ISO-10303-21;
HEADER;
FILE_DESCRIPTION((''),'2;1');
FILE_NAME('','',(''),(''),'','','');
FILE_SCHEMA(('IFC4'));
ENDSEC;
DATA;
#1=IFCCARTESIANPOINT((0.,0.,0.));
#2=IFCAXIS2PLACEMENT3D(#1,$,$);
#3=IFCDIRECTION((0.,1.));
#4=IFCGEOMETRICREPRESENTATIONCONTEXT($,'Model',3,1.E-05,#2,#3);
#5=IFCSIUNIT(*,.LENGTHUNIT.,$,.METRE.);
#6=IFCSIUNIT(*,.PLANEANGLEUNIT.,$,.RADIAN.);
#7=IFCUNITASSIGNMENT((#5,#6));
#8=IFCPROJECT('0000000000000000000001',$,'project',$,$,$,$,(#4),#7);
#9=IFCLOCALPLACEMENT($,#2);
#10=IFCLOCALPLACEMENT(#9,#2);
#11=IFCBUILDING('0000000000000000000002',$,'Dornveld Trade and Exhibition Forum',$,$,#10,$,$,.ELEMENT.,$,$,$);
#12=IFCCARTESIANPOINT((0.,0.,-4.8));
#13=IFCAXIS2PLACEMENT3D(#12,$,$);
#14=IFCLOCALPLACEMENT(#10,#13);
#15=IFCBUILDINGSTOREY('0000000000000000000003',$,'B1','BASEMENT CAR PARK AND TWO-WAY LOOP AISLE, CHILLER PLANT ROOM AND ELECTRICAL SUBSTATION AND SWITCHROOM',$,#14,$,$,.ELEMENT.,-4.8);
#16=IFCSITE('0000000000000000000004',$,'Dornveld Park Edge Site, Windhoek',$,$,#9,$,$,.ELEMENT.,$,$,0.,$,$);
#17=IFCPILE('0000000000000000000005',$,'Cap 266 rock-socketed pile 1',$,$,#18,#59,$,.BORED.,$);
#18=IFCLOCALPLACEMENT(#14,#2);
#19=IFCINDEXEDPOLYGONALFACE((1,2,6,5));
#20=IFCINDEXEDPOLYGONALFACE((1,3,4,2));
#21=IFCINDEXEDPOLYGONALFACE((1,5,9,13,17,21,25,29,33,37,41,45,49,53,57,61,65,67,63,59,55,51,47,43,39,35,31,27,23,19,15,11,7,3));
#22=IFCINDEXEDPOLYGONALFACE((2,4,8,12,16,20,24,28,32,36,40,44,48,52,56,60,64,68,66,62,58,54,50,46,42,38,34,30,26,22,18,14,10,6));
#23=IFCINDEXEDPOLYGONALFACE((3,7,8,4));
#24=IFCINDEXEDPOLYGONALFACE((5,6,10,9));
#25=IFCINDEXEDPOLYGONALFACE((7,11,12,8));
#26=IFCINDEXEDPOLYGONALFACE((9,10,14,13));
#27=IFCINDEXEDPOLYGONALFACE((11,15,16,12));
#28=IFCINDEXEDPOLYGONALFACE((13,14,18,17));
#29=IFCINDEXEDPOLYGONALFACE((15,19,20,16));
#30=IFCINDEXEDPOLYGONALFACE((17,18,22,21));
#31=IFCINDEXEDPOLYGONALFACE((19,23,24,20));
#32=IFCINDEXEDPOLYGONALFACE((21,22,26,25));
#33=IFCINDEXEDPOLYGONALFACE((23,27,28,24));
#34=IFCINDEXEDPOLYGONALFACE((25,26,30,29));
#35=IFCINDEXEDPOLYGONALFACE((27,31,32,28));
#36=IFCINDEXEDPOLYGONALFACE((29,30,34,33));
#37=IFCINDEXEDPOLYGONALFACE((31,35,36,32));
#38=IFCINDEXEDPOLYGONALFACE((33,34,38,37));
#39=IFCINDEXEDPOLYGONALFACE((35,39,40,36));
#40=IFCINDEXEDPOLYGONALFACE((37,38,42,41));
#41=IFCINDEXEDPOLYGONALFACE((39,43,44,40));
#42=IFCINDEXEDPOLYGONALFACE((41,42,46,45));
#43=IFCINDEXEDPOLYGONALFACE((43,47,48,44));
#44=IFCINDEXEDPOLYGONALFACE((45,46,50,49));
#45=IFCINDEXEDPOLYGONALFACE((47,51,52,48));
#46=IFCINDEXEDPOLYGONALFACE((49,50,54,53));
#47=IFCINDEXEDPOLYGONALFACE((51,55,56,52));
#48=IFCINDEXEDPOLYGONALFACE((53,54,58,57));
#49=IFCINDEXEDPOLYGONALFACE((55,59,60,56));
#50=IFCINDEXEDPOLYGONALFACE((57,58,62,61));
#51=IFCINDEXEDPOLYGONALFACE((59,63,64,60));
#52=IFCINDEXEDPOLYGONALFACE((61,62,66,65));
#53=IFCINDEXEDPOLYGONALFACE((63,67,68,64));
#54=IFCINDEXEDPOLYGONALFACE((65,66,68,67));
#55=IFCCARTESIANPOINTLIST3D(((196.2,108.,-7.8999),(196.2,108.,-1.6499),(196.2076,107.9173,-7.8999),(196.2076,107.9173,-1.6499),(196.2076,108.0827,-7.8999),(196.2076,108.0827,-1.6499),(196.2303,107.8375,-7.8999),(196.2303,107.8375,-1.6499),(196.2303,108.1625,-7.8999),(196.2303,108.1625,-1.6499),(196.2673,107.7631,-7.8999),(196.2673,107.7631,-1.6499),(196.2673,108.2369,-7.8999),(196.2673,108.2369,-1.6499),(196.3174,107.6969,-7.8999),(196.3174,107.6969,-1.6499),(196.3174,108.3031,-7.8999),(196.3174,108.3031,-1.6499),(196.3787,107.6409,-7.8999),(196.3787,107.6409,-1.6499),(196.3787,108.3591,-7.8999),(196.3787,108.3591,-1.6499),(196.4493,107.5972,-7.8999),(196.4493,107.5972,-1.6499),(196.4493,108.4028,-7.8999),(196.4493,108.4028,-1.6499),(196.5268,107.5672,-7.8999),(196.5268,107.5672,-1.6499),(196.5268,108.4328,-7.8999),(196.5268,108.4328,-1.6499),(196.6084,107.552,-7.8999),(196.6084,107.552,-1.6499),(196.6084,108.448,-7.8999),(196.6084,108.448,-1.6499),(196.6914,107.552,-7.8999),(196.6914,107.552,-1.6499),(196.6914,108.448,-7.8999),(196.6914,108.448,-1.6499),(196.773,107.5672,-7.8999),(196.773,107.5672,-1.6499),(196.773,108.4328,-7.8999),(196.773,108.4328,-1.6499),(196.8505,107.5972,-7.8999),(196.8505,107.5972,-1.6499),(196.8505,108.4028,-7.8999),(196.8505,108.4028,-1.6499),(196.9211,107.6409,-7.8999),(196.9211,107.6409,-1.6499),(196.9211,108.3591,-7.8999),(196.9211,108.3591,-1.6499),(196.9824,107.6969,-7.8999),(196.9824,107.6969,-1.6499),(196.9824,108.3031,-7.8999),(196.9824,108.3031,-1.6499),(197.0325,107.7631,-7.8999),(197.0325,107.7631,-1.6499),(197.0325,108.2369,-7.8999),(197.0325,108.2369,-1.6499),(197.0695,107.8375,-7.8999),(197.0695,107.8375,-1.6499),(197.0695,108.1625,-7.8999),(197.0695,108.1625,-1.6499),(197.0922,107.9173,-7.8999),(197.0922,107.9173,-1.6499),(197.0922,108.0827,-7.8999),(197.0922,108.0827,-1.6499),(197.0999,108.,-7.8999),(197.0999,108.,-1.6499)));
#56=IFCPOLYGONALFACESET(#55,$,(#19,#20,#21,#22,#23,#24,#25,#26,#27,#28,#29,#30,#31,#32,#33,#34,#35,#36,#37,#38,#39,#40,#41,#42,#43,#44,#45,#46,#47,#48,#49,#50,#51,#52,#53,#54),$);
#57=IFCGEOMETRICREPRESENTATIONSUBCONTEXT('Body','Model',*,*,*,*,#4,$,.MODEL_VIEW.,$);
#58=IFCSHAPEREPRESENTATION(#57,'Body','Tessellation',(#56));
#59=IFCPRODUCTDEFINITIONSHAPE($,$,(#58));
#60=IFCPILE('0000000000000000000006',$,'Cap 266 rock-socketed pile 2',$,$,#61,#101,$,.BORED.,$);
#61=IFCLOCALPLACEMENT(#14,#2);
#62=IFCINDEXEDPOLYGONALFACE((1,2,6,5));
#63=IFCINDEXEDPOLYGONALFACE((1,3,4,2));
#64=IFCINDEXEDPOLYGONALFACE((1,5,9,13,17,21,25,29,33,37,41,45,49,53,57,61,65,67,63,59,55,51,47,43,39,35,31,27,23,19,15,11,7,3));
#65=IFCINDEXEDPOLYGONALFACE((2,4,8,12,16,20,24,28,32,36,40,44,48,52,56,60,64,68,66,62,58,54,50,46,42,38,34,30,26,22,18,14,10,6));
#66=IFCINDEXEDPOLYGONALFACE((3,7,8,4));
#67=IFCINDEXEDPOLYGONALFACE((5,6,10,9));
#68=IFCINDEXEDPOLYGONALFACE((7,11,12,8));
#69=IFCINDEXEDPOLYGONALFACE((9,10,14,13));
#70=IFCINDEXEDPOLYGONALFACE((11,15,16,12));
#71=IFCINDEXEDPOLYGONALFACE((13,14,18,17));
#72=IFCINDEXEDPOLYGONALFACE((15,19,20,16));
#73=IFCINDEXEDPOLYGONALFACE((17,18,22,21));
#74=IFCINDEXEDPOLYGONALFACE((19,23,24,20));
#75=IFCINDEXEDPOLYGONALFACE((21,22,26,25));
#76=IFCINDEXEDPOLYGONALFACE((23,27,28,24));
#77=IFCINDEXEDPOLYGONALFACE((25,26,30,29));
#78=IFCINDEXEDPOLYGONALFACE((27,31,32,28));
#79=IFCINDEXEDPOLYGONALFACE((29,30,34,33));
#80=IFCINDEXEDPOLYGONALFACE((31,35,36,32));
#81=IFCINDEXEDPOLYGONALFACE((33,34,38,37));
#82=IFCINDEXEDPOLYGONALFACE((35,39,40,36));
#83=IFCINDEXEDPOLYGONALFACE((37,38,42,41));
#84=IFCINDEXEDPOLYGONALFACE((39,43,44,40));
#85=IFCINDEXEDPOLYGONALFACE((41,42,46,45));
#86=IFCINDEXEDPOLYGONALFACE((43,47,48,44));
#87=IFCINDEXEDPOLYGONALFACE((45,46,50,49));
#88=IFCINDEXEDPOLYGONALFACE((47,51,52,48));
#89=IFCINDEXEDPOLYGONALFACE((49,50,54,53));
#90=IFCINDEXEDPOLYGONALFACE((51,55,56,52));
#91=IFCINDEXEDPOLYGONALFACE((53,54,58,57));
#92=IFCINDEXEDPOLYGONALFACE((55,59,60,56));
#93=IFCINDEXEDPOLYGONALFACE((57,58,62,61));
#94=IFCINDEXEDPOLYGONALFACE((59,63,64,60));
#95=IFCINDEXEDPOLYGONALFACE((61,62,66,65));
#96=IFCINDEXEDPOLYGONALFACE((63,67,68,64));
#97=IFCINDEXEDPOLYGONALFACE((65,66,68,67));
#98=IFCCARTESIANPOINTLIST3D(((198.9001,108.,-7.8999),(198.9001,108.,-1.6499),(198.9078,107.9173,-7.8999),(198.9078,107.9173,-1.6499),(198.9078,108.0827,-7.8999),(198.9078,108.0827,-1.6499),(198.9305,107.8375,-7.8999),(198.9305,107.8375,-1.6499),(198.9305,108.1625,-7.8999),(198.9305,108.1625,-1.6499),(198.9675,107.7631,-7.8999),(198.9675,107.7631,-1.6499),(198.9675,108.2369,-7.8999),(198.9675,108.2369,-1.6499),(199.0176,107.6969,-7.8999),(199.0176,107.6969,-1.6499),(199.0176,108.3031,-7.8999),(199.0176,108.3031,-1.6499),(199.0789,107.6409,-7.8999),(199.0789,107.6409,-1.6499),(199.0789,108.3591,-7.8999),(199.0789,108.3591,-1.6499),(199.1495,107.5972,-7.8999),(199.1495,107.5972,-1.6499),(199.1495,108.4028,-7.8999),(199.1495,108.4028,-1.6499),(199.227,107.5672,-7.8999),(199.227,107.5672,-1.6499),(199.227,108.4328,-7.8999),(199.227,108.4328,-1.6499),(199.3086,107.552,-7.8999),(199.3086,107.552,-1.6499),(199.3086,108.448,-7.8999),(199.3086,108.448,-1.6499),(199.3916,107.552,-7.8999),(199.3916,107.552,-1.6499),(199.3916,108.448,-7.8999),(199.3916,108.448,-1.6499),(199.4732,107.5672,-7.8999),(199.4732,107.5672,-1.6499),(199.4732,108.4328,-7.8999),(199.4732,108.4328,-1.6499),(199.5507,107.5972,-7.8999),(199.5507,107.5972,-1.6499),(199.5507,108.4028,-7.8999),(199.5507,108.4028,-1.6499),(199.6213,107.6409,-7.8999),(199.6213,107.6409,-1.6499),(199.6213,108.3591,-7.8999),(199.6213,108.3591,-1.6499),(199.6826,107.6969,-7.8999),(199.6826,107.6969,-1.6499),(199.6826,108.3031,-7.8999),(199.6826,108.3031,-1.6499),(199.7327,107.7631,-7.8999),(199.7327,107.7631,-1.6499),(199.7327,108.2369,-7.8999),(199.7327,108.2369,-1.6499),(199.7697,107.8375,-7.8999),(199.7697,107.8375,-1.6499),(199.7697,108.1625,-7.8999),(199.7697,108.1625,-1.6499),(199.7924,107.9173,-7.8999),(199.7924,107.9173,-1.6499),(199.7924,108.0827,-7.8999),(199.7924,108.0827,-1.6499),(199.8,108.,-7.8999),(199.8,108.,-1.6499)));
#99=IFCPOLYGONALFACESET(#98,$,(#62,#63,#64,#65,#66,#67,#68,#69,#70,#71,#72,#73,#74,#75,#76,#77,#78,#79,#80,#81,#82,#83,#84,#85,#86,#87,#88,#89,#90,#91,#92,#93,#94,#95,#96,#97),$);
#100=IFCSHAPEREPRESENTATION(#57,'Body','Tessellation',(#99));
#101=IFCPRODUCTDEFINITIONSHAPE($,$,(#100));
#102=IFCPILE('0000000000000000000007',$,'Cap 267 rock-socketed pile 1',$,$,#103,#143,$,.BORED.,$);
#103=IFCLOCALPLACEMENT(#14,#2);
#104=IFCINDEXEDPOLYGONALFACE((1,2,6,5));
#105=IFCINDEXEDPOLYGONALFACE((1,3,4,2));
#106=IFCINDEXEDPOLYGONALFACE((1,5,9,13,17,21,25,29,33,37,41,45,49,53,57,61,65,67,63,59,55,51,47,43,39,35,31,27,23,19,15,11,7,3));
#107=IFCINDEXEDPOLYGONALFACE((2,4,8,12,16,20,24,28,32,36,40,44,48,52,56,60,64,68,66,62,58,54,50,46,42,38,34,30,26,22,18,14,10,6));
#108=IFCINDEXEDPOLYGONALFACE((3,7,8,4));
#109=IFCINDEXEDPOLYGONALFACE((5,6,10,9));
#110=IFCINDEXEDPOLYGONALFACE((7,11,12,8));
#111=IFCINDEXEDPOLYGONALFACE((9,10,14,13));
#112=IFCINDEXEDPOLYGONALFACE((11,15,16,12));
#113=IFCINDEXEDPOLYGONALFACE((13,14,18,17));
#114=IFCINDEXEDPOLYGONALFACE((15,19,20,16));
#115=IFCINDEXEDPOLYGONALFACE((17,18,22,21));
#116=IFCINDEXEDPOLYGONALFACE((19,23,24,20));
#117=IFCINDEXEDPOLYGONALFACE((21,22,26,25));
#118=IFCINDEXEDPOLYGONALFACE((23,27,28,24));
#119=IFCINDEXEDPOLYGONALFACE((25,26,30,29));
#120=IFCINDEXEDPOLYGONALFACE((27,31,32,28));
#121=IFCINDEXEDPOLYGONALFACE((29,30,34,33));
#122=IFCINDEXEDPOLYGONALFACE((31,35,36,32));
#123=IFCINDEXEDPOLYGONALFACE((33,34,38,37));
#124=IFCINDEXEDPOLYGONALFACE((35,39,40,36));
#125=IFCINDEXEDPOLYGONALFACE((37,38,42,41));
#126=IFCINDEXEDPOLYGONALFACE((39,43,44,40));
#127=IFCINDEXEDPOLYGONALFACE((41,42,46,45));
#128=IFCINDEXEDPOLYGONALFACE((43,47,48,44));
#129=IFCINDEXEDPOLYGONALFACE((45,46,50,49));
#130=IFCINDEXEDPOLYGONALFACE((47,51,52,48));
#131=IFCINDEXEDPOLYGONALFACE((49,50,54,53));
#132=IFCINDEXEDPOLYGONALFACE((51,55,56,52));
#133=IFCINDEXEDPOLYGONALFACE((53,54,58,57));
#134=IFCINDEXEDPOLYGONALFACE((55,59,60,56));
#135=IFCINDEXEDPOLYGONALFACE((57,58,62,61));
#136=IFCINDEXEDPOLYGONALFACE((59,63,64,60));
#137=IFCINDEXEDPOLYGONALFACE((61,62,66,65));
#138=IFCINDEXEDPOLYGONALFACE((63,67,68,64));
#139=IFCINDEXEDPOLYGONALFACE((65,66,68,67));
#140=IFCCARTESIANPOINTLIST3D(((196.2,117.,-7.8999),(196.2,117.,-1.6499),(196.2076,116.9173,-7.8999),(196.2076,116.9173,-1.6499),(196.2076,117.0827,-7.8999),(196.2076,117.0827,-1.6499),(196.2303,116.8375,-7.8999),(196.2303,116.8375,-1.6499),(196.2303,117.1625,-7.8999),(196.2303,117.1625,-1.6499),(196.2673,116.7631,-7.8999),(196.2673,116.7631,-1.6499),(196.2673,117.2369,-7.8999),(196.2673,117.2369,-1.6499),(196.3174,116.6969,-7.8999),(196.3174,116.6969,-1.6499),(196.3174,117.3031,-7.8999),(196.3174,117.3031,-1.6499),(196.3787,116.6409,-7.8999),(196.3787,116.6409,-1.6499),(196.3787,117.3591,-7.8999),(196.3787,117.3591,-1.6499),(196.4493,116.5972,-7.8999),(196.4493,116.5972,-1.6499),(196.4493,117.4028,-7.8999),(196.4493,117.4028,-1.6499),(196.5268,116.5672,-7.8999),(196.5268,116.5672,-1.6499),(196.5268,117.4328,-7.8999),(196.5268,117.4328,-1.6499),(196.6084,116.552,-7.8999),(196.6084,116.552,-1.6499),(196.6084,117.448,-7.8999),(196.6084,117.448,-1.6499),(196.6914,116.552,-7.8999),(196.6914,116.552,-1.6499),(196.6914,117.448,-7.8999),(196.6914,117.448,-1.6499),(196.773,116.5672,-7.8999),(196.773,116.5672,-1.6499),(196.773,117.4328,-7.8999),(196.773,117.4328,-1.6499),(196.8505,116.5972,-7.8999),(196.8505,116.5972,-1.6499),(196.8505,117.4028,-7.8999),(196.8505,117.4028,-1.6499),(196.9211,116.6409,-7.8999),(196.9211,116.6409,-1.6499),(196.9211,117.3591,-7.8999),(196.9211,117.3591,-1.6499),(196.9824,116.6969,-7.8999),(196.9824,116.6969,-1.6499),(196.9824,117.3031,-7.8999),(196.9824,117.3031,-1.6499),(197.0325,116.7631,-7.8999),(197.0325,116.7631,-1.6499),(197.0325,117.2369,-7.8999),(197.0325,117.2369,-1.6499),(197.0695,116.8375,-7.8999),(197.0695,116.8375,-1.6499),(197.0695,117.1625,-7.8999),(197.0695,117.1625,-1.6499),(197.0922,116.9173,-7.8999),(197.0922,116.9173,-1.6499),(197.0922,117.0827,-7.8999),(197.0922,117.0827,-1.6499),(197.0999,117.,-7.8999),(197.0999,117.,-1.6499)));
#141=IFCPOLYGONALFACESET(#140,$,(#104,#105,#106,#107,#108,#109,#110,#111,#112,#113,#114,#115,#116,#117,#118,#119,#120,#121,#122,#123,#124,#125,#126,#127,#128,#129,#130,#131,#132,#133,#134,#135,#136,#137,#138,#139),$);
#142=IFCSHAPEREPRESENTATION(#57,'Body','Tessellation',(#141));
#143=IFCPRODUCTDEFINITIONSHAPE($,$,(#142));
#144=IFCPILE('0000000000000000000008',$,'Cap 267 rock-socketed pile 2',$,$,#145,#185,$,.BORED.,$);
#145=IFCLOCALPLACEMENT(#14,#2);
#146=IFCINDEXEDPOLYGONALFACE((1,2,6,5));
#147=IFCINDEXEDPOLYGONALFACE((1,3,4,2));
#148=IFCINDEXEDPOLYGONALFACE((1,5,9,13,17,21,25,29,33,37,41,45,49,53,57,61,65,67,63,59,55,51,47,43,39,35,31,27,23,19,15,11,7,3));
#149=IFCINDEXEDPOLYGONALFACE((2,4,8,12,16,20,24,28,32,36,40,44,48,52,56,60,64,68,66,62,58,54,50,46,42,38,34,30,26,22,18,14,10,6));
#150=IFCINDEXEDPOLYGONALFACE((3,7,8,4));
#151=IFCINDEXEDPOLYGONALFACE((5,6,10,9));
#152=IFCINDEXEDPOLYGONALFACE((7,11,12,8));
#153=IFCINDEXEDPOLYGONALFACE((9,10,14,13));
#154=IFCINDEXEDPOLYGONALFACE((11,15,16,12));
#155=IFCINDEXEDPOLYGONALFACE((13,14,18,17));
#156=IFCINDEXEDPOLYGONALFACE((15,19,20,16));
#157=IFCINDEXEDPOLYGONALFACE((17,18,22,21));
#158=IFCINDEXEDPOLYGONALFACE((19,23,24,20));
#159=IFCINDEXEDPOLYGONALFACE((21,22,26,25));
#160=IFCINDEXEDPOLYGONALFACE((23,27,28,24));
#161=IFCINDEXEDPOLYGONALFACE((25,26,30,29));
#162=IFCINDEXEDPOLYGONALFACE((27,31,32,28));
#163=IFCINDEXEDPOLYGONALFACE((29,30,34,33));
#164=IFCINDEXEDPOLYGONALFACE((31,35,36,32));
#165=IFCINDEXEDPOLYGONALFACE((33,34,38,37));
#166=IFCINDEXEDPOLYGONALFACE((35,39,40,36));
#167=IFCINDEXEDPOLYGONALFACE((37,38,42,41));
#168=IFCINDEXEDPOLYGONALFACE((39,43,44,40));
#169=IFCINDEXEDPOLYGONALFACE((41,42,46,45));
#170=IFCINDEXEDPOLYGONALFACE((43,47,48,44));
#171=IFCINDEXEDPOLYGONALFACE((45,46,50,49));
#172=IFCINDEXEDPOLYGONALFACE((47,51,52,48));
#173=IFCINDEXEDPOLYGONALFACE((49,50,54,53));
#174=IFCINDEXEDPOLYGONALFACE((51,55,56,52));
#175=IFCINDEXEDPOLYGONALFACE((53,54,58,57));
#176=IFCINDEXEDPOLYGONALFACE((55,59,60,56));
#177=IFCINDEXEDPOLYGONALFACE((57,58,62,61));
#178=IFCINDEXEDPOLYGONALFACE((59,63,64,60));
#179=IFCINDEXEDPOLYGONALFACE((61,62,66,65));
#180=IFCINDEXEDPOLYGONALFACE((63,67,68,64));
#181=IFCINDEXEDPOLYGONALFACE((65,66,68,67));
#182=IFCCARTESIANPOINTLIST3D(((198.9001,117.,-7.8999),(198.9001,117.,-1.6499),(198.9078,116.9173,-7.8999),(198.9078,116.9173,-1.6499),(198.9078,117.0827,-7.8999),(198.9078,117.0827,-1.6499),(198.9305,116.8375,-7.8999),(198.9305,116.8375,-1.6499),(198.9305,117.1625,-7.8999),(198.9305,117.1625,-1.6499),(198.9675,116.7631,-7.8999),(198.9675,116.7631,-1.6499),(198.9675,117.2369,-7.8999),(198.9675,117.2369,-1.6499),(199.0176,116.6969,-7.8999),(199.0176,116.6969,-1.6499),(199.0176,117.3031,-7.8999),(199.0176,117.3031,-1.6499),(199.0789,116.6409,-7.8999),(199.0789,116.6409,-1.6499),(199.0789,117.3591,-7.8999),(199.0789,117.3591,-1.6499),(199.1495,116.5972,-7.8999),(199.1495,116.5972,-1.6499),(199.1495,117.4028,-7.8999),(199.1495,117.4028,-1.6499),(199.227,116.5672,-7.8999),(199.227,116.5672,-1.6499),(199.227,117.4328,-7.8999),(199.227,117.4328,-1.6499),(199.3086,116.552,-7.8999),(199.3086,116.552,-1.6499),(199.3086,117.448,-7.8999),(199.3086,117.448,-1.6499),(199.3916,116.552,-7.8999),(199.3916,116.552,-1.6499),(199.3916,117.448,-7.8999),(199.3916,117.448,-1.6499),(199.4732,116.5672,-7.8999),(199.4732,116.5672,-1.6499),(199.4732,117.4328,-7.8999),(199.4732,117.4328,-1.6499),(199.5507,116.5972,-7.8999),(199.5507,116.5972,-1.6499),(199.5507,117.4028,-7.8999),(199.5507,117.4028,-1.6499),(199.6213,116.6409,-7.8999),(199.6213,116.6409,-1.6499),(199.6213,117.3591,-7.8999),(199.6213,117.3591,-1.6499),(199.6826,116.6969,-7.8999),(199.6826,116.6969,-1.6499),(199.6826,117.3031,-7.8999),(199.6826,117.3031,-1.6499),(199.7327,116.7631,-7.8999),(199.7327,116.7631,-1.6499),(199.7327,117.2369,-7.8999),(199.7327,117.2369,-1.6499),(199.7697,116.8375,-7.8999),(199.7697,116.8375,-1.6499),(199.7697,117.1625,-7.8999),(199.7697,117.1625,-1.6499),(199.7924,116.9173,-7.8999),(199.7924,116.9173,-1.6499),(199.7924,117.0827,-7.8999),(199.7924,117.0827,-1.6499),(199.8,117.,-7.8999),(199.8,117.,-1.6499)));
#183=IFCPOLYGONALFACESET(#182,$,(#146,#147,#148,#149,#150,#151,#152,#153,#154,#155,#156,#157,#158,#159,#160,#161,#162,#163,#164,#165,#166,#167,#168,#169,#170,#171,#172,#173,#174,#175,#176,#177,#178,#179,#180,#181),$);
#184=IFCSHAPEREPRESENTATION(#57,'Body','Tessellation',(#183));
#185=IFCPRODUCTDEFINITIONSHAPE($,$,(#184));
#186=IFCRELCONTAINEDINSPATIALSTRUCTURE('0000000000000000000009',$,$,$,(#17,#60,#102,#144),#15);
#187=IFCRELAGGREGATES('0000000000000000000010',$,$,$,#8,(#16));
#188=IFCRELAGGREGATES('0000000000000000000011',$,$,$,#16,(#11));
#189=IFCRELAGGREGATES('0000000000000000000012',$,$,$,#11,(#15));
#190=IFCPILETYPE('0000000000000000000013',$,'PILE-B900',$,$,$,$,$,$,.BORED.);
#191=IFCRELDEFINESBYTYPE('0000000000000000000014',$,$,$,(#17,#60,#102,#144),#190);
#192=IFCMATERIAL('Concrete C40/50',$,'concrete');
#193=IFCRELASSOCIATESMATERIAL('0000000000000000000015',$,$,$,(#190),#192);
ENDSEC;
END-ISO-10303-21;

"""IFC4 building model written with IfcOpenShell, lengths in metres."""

from ifc_helpers import new_model, si_unit, direction, frame, origin, origin_2d, place, context, subcontext, project, spatial, circle, extrude, material, material_profile, profile_set, type_object, element, save


model = new_model("IFC4")

# Units and contexts
model_context = context("Model", 3, precision=1e-05, world=origin(), true_north=direction((0.0, 1.0)))
body_context = subcontext(model_context, "Body", "Model", "MODEL_VIEW")
ifc_project = project(units=[si_unit("LENGTHUNIT", "METRE"), si_unit("PLANEANGLEUNIT", "RADIAN")], contexts=[model_context])

# Site, building, storey
site_placement = place(None, origin())
site = spatial("IfcSite", under=ifc_project, at=site_placement, Name="Dornveld Park Edge Site, Windhoek", CompositionType="ELEMENT", RefElevation=0.0)
building_placement = place(site_placement, origin())
building = spatial("IfcBuilding", under=site, at=building_placement, Name="Dornveld Trade and Exhibition Forum", CompositionType="ELEMENT")
storey_placement = place(building_placement, frame((0.0, 0.0, -4.8)))
storey = spatial("IfcBuildingStorey", under=building, at=storey_placement, Name="B1", Description="BASEMENT CAR PARK AND TWO-WAY LOOP AISLE, CHILLER PLANT ROOM AND ELECTRICAL SUBSTATION AND SWITCHROOM", CompositionType="ELEMENT", Elevation=-4.8)

# Piles
ifc_material_1 = material(Name="Concrete C40/50", Category="concrete")
ifc_material_profile_1 = material_profile(ifc_material_1, circle(Radius=0.45, at=origin_2d()), Name="PILE D900")
ifc_profile_set_1 = profile_set([ifc_material_profile_1], Name="Concrete C40/50")
pile_type_1 = type_object("IfcPileType", Name="PILE-B900", PredefinedType="BORED", material=ifc_profile_set_1)
for number, where, z_axis, x_axis, name in (
    (1, (196.6499, 108.0, -1.6499), (0.0, 0.0, -1.0), (1.0, 0.0, 0.0), "Cap 266 rock-socketed pile 1"),
    (2, (199.3501, 108.0, -1.6499), (0.0, 0.0, -1.0), (1.0, 0.0, 0.0), "Cap 266 rock-socketed pile 2"),
    (3, (196.6499, 117.0, -1.6499), (0.0, 0.0, -1.0), (1.0, 0.0, 0.0), "Cap 267 rock-socketed pile 1"),
    (4, (199.3501, 117.0, -1.6499), (0.0, 0.0, -1.0), (1.0, 0.0, 0.0), "Cap 267 rock-socketed pile 2"),
):
    element("IfcPile", number, at=place(storey_placement, frame(where, z_axis=z_axis, x_axis=x_axis)), inside=storey, type_object=pile_type_1, Name=name, PredefinedType="BORED", context=body_context, shape_type="SweptSolid", body=[
        extrude(circle(Radius=0.45, at=origin_2d()), origin(), (0.0, 0.0, 1.0), 6.25),
    ])

save(model, "model.ifc")
